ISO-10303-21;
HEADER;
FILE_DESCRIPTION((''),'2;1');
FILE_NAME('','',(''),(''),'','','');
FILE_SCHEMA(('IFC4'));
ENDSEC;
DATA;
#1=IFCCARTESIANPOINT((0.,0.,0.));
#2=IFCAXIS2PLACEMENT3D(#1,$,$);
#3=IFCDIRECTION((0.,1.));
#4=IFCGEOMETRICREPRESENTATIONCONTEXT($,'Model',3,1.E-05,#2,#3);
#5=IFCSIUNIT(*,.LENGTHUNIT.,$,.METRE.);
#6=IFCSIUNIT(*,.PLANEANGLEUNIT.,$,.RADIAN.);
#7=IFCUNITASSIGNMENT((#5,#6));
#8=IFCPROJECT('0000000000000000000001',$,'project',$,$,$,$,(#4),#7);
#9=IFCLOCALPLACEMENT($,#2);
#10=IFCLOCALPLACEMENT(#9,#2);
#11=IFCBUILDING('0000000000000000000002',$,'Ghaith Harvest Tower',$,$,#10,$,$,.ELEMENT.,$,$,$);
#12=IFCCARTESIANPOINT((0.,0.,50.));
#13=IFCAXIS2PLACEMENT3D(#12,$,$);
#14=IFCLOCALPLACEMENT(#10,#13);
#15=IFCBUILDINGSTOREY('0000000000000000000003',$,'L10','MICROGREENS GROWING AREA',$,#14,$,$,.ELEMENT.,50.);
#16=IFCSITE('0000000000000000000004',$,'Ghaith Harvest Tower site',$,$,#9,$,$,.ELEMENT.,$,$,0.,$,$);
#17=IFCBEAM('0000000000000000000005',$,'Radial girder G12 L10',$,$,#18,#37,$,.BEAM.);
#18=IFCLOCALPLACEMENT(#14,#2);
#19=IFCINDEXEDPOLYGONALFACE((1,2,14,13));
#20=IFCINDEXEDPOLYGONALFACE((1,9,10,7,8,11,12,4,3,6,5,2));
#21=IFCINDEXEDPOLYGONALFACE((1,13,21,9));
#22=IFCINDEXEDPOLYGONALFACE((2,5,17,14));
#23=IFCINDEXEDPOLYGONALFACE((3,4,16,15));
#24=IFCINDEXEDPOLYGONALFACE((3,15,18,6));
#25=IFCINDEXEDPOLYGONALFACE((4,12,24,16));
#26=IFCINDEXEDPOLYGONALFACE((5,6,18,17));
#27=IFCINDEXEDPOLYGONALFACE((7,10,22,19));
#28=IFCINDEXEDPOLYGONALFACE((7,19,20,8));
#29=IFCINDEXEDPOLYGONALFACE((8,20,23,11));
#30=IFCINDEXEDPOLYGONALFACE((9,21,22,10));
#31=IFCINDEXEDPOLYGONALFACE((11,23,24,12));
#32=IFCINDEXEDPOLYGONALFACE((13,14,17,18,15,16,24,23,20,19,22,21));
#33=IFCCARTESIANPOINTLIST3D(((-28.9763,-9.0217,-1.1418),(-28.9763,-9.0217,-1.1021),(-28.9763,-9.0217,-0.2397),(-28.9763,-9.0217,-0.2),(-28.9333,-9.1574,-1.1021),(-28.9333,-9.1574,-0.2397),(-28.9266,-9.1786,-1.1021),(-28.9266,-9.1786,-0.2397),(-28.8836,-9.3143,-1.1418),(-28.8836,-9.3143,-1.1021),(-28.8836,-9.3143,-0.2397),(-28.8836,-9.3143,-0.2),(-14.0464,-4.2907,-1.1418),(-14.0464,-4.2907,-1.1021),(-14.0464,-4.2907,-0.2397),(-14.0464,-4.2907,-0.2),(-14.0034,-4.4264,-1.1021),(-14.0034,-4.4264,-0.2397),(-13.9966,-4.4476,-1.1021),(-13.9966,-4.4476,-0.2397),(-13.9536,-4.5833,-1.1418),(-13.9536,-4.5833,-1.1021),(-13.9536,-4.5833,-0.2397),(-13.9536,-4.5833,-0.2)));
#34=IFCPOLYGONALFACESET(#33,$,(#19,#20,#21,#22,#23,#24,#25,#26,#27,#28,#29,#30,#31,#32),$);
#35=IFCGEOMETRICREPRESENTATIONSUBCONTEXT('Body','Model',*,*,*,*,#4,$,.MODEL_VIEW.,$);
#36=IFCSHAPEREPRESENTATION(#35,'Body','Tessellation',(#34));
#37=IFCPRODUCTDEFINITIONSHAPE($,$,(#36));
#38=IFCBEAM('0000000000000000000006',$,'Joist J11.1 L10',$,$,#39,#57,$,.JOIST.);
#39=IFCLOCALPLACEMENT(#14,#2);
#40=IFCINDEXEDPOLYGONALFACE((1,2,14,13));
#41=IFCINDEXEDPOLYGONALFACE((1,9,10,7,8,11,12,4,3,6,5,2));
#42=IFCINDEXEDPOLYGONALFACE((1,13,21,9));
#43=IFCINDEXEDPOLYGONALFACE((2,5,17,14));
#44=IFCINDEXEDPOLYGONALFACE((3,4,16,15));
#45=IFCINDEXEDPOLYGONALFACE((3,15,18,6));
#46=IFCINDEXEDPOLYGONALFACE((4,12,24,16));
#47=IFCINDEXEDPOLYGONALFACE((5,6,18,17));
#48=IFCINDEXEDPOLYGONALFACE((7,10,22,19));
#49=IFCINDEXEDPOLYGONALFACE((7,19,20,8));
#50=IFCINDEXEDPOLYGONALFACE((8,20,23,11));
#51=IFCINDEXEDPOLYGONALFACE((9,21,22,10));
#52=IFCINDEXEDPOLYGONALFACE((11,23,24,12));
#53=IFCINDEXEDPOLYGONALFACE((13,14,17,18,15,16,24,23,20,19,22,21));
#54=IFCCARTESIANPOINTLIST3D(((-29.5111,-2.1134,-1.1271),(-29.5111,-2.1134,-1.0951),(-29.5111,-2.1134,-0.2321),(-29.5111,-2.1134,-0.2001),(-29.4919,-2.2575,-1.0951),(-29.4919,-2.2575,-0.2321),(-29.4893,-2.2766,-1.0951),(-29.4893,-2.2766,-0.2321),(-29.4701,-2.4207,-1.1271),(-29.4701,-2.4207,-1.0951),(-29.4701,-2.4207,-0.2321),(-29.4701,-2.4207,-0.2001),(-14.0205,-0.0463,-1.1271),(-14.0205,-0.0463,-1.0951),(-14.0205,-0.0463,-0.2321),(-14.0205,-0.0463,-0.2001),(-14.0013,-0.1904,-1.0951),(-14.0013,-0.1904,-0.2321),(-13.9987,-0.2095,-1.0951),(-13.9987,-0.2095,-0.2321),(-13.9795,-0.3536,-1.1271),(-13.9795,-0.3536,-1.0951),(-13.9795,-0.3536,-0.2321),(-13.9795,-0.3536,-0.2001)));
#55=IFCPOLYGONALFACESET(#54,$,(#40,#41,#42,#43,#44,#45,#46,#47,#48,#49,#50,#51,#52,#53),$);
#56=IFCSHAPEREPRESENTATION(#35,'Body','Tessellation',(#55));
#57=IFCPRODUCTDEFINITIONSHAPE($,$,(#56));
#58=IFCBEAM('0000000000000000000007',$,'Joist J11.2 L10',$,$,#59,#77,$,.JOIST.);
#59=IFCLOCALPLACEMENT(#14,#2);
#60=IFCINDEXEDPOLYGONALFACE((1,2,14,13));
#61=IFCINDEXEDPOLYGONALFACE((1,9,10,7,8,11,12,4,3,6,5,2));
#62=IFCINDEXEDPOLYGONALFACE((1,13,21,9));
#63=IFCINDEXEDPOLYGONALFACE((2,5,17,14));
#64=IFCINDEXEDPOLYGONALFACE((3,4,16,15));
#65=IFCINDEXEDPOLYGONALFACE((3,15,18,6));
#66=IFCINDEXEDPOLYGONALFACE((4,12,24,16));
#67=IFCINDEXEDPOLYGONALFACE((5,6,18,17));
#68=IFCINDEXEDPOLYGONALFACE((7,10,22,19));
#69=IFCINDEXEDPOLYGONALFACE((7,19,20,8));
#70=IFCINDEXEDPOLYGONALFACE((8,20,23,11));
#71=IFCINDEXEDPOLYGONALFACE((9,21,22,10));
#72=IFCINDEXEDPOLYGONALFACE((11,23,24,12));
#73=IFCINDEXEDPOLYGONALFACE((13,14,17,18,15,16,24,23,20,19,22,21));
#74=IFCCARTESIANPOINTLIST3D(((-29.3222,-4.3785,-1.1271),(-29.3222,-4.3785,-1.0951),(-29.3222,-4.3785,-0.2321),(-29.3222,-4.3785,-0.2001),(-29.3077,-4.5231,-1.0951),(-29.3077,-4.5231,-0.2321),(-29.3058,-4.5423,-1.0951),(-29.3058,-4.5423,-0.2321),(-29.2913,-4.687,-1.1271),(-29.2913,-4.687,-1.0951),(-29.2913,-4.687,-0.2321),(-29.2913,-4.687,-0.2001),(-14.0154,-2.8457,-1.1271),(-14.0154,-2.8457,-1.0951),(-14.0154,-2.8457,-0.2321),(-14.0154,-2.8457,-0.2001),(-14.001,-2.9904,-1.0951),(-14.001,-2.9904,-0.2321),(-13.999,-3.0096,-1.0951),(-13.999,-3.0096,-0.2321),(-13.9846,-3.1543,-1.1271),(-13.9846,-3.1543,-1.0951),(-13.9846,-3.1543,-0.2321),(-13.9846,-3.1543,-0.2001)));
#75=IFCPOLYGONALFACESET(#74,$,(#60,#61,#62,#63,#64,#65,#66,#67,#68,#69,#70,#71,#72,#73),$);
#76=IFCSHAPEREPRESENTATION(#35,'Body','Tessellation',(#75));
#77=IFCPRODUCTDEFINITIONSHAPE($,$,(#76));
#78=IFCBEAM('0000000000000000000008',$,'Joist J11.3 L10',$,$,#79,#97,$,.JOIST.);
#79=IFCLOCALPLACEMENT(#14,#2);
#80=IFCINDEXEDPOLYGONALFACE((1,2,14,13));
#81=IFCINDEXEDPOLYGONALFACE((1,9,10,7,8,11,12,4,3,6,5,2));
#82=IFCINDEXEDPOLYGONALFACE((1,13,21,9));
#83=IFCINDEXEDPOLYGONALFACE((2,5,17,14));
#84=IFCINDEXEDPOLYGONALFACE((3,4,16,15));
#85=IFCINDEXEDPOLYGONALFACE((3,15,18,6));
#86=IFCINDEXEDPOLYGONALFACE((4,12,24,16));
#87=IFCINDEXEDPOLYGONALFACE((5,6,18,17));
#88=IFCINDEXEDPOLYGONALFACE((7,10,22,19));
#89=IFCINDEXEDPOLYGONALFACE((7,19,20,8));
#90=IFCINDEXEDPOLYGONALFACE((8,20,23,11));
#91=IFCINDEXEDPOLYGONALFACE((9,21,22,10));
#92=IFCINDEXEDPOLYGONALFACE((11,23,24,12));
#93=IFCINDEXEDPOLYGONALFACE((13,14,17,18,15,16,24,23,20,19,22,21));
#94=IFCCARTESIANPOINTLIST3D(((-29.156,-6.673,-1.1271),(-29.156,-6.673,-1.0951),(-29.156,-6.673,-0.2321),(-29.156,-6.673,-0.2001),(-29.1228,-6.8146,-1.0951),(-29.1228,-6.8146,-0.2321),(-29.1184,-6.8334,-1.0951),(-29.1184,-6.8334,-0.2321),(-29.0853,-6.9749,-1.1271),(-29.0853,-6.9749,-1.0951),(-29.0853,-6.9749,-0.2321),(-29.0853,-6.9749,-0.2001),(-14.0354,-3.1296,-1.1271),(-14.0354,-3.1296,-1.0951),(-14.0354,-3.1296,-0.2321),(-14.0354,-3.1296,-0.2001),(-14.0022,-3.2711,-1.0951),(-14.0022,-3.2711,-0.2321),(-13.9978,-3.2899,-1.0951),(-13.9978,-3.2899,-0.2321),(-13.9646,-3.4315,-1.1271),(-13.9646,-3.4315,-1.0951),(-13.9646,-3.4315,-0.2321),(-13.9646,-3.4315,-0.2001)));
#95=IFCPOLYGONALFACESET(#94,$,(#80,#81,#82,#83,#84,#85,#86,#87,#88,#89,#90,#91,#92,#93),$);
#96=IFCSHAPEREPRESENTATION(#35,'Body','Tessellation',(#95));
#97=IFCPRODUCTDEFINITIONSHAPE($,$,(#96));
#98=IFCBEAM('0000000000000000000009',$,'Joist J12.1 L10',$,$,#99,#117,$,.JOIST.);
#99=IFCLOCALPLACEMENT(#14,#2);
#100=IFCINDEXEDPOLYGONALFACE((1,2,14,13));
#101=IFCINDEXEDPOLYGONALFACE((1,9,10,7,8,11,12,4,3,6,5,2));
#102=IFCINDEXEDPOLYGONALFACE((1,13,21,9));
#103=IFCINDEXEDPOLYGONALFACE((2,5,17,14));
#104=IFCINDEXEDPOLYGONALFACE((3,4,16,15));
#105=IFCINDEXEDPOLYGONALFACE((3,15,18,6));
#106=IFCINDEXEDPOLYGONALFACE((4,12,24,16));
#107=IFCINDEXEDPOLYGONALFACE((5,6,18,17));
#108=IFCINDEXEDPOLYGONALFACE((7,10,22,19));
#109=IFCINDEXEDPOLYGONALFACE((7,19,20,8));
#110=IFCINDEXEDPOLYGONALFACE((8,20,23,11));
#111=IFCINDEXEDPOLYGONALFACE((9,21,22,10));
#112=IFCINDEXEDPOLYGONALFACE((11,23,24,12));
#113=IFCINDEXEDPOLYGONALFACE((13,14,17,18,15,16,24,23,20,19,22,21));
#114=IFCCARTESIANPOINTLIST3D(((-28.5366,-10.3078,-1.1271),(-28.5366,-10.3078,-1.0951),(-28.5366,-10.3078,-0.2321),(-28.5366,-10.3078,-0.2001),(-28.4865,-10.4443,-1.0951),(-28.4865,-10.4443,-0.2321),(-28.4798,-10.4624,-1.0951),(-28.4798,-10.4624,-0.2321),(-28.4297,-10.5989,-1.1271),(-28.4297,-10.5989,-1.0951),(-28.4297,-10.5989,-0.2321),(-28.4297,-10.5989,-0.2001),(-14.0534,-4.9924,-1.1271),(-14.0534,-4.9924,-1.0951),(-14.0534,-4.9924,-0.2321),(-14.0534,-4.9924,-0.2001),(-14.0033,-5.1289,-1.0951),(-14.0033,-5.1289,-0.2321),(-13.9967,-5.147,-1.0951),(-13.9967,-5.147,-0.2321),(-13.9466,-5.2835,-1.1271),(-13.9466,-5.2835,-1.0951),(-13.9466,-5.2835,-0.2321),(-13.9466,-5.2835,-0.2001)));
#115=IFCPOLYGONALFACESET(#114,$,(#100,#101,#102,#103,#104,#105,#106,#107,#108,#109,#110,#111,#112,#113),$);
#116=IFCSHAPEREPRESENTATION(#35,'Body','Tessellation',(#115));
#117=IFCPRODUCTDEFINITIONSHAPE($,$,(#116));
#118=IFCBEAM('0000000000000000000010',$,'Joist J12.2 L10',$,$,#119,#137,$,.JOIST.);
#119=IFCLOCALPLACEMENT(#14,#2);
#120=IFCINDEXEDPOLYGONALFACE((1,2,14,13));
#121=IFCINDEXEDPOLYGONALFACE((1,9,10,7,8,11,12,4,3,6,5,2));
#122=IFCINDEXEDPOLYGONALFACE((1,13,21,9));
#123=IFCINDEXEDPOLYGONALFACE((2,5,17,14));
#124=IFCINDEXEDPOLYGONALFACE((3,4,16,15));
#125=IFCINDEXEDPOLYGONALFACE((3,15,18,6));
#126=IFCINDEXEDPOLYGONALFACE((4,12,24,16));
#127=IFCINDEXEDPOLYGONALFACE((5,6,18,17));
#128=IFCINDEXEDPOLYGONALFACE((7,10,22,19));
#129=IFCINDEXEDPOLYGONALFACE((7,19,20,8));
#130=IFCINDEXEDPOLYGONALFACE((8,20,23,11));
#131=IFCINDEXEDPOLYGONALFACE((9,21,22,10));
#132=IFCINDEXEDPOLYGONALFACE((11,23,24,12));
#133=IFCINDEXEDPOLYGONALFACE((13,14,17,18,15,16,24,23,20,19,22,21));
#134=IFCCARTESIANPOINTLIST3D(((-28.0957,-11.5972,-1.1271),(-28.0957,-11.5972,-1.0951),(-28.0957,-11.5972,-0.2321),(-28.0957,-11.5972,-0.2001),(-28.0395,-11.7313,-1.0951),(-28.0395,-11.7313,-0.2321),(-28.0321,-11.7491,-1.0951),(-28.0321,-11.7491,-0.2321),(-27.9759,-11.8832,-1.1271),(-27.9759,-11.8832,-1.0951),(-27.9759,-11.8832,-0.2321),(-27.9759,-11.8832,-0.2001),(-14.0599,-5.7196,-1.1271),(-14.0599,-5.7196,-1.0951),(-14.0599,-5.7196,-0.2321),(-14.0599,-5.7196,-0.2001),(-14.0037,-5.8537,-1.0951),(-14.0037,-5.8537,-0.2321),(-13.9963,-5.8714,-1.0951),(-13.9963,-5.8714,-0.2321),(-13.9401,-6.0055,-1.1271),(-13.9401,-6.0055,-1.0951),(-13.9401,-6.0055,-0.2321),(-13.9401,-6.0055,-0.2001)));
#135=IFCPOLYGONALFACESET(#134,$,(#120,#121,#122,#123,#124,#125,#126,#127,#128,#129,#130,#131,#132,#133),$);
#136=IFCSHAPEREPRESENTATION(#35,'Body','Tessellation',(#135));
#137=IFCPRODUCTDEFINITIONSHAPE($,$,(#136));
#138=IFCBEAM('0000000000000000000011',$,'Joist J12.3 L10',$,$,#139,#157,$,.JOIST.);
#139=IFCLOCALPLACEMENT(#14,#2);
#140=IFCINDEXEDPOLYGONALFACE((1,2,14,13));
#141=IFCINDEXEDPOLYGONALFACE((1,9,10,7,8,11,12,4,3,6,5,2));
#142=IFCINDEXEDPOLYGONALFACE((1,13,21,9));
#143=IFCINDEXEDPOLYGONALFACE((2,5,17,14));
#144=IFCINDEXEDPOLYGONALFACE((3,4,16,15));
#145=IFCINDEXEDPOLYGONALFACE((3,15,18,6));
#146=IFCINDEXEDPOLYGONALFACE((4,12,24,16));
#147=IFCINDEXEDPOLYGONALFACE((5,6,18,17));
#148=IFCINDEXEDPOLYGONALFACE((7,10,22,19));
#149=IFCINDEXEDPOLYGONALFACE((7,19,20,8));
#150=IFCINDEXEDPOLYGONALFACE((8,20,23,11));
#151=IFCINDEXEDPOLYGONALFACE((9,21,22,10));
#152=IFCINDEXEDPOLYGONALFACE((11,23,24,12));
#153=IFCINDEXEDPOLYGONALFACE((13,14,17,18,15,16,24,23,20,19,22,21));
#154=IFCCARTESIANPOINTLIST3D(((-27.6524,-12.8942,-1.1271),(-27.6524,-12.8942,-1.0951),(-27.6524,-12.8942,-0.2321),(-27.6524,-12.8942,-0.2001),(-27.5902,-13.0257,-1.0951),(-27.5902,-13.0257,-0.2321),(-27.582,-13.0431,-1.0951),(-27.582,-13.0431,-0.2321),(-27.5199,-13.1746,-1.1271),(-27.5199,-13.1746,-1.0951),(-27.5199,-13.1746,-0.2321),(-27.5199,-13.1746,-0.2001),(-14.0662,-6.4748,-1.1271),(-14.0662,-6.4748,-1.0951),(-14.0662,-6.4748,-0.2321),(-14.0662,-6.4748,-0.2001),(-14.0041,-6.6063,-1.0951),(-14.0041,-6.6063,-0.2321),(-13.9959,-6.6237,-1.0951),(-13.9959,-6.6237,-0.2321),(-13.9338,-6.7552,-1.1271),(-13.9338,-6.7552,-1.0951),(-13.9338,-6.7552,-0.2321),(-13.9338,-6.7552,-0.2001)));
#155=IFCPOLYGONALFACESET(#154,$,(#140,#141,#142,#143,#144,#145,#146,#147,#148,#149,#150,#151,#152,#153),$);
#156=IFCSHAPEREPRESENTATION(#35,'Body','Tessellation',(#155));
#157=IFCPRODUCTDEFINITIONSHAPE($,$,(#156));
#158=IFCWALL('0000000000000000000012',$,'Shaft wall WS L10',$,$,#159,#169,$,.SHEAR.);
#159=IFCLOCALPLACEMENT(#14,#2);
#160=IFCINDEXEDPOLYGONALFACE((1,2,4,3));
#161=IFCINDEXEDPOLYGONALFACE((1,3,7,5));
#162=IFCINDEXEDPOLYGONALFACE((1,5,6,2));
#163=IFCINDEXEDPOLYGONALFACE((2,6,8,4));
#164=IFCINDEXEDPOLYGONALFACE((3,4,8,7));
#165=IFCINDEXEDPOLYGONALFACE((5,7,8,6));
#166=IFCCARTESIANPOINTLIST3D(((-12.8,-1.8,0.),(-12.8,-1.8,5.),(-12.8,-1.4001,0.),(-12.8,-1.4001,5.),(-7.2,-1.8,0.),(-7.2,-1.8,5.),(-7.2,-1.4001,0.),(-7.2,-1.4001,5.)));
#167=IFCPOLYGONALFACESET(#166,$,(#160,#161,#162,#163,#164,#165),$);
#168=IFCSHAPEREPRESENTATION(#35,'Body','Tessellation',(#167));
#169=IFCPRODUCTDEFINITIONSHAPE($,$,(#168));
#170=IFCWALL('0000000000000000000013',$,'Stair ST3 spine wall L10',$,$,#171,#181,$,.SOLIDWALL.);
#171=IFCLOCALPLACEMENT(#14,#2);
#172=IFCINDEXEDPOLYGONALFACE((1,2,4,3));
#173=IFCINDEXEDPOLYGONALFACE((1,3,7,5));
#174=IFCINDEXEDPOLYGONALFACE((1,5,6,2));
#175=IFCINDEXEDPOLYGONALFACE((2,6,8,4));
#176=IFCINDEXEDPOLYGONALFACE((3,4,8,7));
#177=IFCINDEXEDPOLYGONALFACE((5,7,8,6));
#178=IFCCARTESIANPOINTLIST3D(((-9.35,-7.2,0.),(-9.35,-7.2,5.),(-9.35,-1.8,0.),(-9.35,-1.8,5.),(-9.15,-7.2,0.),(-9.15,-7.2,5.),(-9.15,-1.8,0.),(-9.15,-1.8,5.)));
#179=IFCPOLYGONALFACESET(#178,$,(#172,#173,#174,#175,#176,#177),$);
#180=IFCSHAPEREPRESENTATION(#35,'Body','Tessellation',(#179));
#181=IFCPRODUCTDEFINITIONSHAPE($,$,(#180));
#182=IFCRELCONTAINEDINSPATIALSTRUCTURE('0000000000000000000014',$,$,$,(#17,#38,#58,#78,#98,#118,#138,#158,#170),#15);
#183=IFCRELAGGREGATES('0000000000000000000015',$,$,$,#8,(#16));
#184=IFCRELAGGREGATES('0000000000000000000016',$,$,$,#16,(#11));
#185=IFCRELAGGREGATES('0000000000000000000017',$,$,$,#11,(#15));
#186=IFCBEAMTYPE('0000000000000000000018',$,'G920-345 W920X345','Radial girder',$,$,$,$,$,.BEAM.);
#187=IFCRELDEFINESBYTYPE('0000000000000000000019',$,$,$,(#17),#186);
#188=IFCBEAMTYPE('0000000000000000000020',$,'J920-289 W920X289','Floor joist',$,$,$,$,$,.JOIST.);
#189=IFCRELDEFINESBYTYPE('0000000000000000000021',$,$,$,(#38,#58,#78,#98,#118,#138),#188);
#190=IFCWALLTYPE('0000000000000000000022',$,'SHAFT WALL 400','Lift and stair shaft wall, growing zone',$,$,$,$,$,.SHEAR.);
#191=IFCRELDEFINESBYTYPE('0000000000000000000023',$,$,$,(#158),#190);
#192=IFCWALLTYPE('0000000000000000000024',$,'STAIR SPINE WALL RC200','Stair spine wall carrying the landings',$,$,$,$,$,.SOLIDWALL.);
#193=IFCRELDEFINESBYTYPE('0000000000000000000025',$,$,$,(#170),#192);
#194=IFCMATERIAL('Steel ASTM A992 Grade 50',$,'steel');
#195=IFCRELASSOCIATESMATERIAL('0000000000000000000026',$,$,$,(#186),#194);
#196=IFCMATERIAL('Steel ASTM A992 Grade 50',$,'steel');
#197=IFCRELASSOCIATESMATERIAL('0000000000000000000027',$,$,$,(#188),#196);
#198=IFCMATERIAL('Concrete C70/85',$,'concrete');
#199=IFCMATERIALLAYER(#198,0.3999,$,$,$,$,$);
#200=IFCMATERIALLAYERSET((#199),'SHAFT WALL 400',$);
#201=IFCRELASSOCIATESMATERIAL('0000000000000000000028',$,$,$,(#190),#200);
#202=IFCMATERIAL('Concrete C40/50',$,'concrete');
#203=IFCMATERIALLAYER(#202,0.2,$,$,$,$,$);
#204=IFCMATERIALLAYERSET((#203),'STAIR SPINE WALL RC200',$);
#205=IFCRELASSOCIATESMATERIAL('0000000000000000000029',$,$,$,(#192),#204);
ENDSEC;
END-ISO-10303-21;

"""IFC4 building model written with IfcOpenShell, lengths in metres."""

from ifc_helpers import new_model, si_unit, direction, frame, frame_2d, origin, origin_2d, place, context, subcontext, project, spatial, rectangle, i_section, extrude, material, layer, layer_set, material_profile, profile_set, type_object, element, save


model = new_model("IFC4")

# Units and contexts
model_context = context("Model", 3, precision=1e-05, world=origin(), true_north=direction((0.0, 1.0)))
body_context = subcontext(model_context, "Body", "Model", "MODEL_VIEW")
ifc_project = project(units=[si_unit("LENGTHUNIT", "METRE"), si_unit("PLANEANGLEUNIT", "RADIAN")], contexts=[model_context])

# Site, building, storey
site_placement = place(None, origin())
site = spatial("IfcSite", under=ifc_project, at=site_placement, Name="Ghaith Harvest Tower site", CompositionType="ELEMENT", RefElevation=0.0)
building_placement = place(site_placement, origin())
building = spatial("IfcBuilding", under=site, at=building_placement, Name="Ghaith Harvest Tower", CompositionType="ELEMENT")
storey_placement = place(building_placement, frame((0.0, 0.0, 50.0)))
storey = spatial("IfcBuildingStorey", under=building, at=storey_placement, Name="L10", Description="MICROGREENS GROWING AREA", CompositionType="ELEMENT", Elevation=50.0)

# Beams
ifc_material_1 = material(Name="Steel ASTM A992 Grade 50", Category="steel")
ifc_material_profile_1 = material_profile(ifc_material_1, i_section(OverallWidth=0.3069, OverallDepth=0.9419, WebThickness=0.0222, FlangeThickness=0.0398, at=origin_2d()), Name="W920X345")
ifc_profile_set_1 = profile_set([ifc_material_profile_1], Name="Steel ASTM A992 Grade 50")
beam_type_1 = type_object("IfcBeamType", Name="G920-345 W920X345", Description="Radial girder", PredefinedType="BEAM", material=ifc_profile_set_1)
beam_1_placement = place(storey_placement, frame((-14.0, -4.437, -0.6709), z_axis=(-0.953284, -0.302074, 0.0), x_axis=(0.302074, -0.953284, 0.0)))
element("IfcBeam", 1, at=beam_1_placement, inside=storey, type_object=beam_type_1, Name="Radial girder G12 L10", PredefinedType="BEAM", context=body_context, shape_type="SweptSolid", body=[
    extrude(i_section(OverallWidth=0.3069, OverallDepth=0.9419, WebThickness=0.0222, FlangeThickness=0.0398, at=origin_2d()), origin(), (0.0, 0.0, 1.0), 15.6616),
])
ifc_material_2 = material(Name="Steel ASTM A992 Grade 50", Category="steel")
ifc_material_profile_2 = material_profile(ifc_material_2, i_section(OverallWidth=0.3101, OverallDepth=0.927, WebThickness=0.0193, FlangeThickness=0.032, at=origin_2d()), Name="W920X289")
ifc_profile_set_2 = profile_set([ifc_material_profile_2], Name="Steel ASTM A992 Grade 50")
beam_type_2 = type_object("IfcBeamType", Name="J920-289 W920X289", Description="Floor joist", PredefinedType="JOIST", material=ifc_profile_set_2)
beam_2_placement = place(storey_placement, frame((-14.0, -0.2, -0.6636), z_axis=(-0.991214, -0.132271, 0.0), x_axis=(0.132271, -0.991214, 0.0)))
element("IfcBeam", 2, at=beam_2_placement, inside=storey, type_object=beam_type_2, Name="Joist J11.1 L10", PredefinedType="JOIST", context=body_context, shape_type="SweptSolid", body=[
    extrude(i_section(OverallWidth=0.3101, OverallDepth=0.927, WebThickness=0.0193, FlangeThickness=0.032, at=origin_2d()), origin(), (0.0, 0.0, 1.0), 15.6279),
])
beam_3_placement = place(storey_placement, frame((-14.0, -3.0, -0.6636), z_axis=(-0.995024, -0.099636, 0.0), x_axis=(0.099636, -0.995024, 0.0)))
element("IfcBeam", 3, at=beam_3_placement, inside=storey, type_object=beam_type_2, Name="Joist J11.2 L10", PredefinedType="JOIST", context=body_context, shape_type="SweptSolid", body=[
    extrude(i_section(OverallWidth=0.3101, OverallDepth=0.927, WebThickness=0.0193, FlangeThickness=0.032, at=origin_2d()), origin(), (0.0, 0.0, 1.0), 15.3833),
])
beam_4_placement = place(storey_placement, frame((-14.0, -3.2805, -0.6636), z_axis=(-0.973623, -0.228165, 0.0), x_axis=(0.228165, -0.973623, 0.0)))
element("IfcBeam", 4, at=beam_4_placement, inside=storey, type_object=beam_type_2, Name="Joist J11.3 L10", PredefinedType="JOIST", context=body_context, shape_type="SweptSolid", body=[
    extrude(i_section(OverallWidth=0.3101, OverallDepth=0.927, WebThickness=0.0193, FlangeThickness=0.032, at=origin_2d()), origin(), (0.0, 0.0, 1.0), 15.5303),
])
beam_5_placement = place(storey_placement, frame((-14.0, -5.1379, -0.6636), z_axis=(-0.938773, -0.344537, 0.0), x_axis=(0.344537, -0.938773, 0.0)))
element("IfcBeam", 5, at=beam_5_placement, inside=storey, type_object=beam_type_2, Name="Joist J12.1 L10", PredefinedType="JOIST", context=body_context, shape_type="SweptSolid", body=[
    extrude(i_section(OverallWidth=0.3101, OverallDepth=0.927, WebThickness=0.0193, FlangeThickness=0.032, at=origin_2d()), origin(), (0.0, 0.0, 1.0), 15.4277),
])
beam_6_placement = place(storey_placement, frame((-14.0, -5.8625, -0.6636), z_axis=(-0.92239, -0.386261, 0.0), x_axis=(0.386261, -0.92239, 0.0)))
element("IfcBeam", 6, at=beam_6_placement, inside=storey, type_object=beam_type_2, Name="Joist J12.2 L10", PredefinedType="JOIST", context=body_context, shape_type="SweptSolid", body=[
    extrude(i_section(OverallWidth=0.3101, OverallDepth=0.927, WebThickness=0.0193, FlangeThickness=0.032, at=origin_2d()), origin(), (0.0, 0.0, 1.0), 15.2168),
])
beam_7_placement = place(storey_placement, frame((-14.0, -6.615, -0.6636), z_axis=(-0.904153, -0.42721, 0.0), x_axis=(0.42721, -0.904153, 0.0)))
element("IfcBeam", 7, at=beam_7_placement, inside=storey, type_object=beam_type_2, Name="Joist J12.3 L10", PredefinedType="JOIST", context=body_context, shape_type="SweptSolid", body=[
    extrude(i_section(OverallWidth=0.3101, OverallDepth=0.927, WebThickness=0.0193, FlangeThickness=0.032, at=origin_2d()), origin(), (0.0, 0.0, 1.0), 15.0264),
])

# Walls
ifc_material_3 = material(Name="Concrete C70/85", Category="concrete")
ifc_layer_1 = layer(ifc_material_3, 0.3999)
ifc_layer_set_1 = layer_set([ifc_layer_1], Name="SHAFT WALL 400")
wall_type_1 = type_object("IfcWallType", Name="SHAFT WALL 400", Description="Lift and stair shaft wall, growing zone", PredefinedType="SHEAR", material=ifc_layer_set_1)
wall_1_placement = place(storey_placement, frame((-12.8, -1.6001, 0.0), z_axis=(0.0, 0.0, 1.0), x_axis=(1.0, 0.0, 0.0)))
element("IfcWall", 8, at=wall_1_placement, inside=storey, type_object=wall_type_1, Name="Shaft wall WS L10", PredefinedType="SHEAR", context=body_context, shape_type="SweptSolid", body=[
    extrude(rectangle(XDim=5.6001, YDim=0.3999, at=frame_2d((2.8, 0.0))), origin(), (0.0, 0.0, 1.0), 5.0),
])
ifc_material_4 = material(Name="Concrete C40/50", Category="concrete")
ifc_layer_2 = layer(ifc_material_4, 0.2)
ifc_layer_set_2 = layer_set([ifc_layer_2], Name="STAIR SPINE WALL RC200")
wall_type_2 = type_object("IfcWallType", Name="STAIR SPINE WALL RC200", Description="Stair spine wall carrying the landings", PredefinedType="SOLIDWALL", material=ifc_layer_set_2)
wall_2_placement = place(storey_placement, frame((-9.25, -7.2, 0.0), z_axis=(0.0, 0.0, 1.0), x_axis=(0.0, 1.0, 0.0)))
element("IfcWall", 9, at=wall_2_placement, inside=storey, type_object=wall_type_2, Name="Stair ST3 spine wall L10", PredefinedType="SOLIDWALL", context=body_context, shape_type="SweptSolid", body=[
    extrude(rectangle(XDim=5.3999, YDim=0.2, at=frame_2d((2.7, 0.0))), origin(), (0.0, 0.0, 1.0), 5.0),
])

save(model, "model.ifc")
